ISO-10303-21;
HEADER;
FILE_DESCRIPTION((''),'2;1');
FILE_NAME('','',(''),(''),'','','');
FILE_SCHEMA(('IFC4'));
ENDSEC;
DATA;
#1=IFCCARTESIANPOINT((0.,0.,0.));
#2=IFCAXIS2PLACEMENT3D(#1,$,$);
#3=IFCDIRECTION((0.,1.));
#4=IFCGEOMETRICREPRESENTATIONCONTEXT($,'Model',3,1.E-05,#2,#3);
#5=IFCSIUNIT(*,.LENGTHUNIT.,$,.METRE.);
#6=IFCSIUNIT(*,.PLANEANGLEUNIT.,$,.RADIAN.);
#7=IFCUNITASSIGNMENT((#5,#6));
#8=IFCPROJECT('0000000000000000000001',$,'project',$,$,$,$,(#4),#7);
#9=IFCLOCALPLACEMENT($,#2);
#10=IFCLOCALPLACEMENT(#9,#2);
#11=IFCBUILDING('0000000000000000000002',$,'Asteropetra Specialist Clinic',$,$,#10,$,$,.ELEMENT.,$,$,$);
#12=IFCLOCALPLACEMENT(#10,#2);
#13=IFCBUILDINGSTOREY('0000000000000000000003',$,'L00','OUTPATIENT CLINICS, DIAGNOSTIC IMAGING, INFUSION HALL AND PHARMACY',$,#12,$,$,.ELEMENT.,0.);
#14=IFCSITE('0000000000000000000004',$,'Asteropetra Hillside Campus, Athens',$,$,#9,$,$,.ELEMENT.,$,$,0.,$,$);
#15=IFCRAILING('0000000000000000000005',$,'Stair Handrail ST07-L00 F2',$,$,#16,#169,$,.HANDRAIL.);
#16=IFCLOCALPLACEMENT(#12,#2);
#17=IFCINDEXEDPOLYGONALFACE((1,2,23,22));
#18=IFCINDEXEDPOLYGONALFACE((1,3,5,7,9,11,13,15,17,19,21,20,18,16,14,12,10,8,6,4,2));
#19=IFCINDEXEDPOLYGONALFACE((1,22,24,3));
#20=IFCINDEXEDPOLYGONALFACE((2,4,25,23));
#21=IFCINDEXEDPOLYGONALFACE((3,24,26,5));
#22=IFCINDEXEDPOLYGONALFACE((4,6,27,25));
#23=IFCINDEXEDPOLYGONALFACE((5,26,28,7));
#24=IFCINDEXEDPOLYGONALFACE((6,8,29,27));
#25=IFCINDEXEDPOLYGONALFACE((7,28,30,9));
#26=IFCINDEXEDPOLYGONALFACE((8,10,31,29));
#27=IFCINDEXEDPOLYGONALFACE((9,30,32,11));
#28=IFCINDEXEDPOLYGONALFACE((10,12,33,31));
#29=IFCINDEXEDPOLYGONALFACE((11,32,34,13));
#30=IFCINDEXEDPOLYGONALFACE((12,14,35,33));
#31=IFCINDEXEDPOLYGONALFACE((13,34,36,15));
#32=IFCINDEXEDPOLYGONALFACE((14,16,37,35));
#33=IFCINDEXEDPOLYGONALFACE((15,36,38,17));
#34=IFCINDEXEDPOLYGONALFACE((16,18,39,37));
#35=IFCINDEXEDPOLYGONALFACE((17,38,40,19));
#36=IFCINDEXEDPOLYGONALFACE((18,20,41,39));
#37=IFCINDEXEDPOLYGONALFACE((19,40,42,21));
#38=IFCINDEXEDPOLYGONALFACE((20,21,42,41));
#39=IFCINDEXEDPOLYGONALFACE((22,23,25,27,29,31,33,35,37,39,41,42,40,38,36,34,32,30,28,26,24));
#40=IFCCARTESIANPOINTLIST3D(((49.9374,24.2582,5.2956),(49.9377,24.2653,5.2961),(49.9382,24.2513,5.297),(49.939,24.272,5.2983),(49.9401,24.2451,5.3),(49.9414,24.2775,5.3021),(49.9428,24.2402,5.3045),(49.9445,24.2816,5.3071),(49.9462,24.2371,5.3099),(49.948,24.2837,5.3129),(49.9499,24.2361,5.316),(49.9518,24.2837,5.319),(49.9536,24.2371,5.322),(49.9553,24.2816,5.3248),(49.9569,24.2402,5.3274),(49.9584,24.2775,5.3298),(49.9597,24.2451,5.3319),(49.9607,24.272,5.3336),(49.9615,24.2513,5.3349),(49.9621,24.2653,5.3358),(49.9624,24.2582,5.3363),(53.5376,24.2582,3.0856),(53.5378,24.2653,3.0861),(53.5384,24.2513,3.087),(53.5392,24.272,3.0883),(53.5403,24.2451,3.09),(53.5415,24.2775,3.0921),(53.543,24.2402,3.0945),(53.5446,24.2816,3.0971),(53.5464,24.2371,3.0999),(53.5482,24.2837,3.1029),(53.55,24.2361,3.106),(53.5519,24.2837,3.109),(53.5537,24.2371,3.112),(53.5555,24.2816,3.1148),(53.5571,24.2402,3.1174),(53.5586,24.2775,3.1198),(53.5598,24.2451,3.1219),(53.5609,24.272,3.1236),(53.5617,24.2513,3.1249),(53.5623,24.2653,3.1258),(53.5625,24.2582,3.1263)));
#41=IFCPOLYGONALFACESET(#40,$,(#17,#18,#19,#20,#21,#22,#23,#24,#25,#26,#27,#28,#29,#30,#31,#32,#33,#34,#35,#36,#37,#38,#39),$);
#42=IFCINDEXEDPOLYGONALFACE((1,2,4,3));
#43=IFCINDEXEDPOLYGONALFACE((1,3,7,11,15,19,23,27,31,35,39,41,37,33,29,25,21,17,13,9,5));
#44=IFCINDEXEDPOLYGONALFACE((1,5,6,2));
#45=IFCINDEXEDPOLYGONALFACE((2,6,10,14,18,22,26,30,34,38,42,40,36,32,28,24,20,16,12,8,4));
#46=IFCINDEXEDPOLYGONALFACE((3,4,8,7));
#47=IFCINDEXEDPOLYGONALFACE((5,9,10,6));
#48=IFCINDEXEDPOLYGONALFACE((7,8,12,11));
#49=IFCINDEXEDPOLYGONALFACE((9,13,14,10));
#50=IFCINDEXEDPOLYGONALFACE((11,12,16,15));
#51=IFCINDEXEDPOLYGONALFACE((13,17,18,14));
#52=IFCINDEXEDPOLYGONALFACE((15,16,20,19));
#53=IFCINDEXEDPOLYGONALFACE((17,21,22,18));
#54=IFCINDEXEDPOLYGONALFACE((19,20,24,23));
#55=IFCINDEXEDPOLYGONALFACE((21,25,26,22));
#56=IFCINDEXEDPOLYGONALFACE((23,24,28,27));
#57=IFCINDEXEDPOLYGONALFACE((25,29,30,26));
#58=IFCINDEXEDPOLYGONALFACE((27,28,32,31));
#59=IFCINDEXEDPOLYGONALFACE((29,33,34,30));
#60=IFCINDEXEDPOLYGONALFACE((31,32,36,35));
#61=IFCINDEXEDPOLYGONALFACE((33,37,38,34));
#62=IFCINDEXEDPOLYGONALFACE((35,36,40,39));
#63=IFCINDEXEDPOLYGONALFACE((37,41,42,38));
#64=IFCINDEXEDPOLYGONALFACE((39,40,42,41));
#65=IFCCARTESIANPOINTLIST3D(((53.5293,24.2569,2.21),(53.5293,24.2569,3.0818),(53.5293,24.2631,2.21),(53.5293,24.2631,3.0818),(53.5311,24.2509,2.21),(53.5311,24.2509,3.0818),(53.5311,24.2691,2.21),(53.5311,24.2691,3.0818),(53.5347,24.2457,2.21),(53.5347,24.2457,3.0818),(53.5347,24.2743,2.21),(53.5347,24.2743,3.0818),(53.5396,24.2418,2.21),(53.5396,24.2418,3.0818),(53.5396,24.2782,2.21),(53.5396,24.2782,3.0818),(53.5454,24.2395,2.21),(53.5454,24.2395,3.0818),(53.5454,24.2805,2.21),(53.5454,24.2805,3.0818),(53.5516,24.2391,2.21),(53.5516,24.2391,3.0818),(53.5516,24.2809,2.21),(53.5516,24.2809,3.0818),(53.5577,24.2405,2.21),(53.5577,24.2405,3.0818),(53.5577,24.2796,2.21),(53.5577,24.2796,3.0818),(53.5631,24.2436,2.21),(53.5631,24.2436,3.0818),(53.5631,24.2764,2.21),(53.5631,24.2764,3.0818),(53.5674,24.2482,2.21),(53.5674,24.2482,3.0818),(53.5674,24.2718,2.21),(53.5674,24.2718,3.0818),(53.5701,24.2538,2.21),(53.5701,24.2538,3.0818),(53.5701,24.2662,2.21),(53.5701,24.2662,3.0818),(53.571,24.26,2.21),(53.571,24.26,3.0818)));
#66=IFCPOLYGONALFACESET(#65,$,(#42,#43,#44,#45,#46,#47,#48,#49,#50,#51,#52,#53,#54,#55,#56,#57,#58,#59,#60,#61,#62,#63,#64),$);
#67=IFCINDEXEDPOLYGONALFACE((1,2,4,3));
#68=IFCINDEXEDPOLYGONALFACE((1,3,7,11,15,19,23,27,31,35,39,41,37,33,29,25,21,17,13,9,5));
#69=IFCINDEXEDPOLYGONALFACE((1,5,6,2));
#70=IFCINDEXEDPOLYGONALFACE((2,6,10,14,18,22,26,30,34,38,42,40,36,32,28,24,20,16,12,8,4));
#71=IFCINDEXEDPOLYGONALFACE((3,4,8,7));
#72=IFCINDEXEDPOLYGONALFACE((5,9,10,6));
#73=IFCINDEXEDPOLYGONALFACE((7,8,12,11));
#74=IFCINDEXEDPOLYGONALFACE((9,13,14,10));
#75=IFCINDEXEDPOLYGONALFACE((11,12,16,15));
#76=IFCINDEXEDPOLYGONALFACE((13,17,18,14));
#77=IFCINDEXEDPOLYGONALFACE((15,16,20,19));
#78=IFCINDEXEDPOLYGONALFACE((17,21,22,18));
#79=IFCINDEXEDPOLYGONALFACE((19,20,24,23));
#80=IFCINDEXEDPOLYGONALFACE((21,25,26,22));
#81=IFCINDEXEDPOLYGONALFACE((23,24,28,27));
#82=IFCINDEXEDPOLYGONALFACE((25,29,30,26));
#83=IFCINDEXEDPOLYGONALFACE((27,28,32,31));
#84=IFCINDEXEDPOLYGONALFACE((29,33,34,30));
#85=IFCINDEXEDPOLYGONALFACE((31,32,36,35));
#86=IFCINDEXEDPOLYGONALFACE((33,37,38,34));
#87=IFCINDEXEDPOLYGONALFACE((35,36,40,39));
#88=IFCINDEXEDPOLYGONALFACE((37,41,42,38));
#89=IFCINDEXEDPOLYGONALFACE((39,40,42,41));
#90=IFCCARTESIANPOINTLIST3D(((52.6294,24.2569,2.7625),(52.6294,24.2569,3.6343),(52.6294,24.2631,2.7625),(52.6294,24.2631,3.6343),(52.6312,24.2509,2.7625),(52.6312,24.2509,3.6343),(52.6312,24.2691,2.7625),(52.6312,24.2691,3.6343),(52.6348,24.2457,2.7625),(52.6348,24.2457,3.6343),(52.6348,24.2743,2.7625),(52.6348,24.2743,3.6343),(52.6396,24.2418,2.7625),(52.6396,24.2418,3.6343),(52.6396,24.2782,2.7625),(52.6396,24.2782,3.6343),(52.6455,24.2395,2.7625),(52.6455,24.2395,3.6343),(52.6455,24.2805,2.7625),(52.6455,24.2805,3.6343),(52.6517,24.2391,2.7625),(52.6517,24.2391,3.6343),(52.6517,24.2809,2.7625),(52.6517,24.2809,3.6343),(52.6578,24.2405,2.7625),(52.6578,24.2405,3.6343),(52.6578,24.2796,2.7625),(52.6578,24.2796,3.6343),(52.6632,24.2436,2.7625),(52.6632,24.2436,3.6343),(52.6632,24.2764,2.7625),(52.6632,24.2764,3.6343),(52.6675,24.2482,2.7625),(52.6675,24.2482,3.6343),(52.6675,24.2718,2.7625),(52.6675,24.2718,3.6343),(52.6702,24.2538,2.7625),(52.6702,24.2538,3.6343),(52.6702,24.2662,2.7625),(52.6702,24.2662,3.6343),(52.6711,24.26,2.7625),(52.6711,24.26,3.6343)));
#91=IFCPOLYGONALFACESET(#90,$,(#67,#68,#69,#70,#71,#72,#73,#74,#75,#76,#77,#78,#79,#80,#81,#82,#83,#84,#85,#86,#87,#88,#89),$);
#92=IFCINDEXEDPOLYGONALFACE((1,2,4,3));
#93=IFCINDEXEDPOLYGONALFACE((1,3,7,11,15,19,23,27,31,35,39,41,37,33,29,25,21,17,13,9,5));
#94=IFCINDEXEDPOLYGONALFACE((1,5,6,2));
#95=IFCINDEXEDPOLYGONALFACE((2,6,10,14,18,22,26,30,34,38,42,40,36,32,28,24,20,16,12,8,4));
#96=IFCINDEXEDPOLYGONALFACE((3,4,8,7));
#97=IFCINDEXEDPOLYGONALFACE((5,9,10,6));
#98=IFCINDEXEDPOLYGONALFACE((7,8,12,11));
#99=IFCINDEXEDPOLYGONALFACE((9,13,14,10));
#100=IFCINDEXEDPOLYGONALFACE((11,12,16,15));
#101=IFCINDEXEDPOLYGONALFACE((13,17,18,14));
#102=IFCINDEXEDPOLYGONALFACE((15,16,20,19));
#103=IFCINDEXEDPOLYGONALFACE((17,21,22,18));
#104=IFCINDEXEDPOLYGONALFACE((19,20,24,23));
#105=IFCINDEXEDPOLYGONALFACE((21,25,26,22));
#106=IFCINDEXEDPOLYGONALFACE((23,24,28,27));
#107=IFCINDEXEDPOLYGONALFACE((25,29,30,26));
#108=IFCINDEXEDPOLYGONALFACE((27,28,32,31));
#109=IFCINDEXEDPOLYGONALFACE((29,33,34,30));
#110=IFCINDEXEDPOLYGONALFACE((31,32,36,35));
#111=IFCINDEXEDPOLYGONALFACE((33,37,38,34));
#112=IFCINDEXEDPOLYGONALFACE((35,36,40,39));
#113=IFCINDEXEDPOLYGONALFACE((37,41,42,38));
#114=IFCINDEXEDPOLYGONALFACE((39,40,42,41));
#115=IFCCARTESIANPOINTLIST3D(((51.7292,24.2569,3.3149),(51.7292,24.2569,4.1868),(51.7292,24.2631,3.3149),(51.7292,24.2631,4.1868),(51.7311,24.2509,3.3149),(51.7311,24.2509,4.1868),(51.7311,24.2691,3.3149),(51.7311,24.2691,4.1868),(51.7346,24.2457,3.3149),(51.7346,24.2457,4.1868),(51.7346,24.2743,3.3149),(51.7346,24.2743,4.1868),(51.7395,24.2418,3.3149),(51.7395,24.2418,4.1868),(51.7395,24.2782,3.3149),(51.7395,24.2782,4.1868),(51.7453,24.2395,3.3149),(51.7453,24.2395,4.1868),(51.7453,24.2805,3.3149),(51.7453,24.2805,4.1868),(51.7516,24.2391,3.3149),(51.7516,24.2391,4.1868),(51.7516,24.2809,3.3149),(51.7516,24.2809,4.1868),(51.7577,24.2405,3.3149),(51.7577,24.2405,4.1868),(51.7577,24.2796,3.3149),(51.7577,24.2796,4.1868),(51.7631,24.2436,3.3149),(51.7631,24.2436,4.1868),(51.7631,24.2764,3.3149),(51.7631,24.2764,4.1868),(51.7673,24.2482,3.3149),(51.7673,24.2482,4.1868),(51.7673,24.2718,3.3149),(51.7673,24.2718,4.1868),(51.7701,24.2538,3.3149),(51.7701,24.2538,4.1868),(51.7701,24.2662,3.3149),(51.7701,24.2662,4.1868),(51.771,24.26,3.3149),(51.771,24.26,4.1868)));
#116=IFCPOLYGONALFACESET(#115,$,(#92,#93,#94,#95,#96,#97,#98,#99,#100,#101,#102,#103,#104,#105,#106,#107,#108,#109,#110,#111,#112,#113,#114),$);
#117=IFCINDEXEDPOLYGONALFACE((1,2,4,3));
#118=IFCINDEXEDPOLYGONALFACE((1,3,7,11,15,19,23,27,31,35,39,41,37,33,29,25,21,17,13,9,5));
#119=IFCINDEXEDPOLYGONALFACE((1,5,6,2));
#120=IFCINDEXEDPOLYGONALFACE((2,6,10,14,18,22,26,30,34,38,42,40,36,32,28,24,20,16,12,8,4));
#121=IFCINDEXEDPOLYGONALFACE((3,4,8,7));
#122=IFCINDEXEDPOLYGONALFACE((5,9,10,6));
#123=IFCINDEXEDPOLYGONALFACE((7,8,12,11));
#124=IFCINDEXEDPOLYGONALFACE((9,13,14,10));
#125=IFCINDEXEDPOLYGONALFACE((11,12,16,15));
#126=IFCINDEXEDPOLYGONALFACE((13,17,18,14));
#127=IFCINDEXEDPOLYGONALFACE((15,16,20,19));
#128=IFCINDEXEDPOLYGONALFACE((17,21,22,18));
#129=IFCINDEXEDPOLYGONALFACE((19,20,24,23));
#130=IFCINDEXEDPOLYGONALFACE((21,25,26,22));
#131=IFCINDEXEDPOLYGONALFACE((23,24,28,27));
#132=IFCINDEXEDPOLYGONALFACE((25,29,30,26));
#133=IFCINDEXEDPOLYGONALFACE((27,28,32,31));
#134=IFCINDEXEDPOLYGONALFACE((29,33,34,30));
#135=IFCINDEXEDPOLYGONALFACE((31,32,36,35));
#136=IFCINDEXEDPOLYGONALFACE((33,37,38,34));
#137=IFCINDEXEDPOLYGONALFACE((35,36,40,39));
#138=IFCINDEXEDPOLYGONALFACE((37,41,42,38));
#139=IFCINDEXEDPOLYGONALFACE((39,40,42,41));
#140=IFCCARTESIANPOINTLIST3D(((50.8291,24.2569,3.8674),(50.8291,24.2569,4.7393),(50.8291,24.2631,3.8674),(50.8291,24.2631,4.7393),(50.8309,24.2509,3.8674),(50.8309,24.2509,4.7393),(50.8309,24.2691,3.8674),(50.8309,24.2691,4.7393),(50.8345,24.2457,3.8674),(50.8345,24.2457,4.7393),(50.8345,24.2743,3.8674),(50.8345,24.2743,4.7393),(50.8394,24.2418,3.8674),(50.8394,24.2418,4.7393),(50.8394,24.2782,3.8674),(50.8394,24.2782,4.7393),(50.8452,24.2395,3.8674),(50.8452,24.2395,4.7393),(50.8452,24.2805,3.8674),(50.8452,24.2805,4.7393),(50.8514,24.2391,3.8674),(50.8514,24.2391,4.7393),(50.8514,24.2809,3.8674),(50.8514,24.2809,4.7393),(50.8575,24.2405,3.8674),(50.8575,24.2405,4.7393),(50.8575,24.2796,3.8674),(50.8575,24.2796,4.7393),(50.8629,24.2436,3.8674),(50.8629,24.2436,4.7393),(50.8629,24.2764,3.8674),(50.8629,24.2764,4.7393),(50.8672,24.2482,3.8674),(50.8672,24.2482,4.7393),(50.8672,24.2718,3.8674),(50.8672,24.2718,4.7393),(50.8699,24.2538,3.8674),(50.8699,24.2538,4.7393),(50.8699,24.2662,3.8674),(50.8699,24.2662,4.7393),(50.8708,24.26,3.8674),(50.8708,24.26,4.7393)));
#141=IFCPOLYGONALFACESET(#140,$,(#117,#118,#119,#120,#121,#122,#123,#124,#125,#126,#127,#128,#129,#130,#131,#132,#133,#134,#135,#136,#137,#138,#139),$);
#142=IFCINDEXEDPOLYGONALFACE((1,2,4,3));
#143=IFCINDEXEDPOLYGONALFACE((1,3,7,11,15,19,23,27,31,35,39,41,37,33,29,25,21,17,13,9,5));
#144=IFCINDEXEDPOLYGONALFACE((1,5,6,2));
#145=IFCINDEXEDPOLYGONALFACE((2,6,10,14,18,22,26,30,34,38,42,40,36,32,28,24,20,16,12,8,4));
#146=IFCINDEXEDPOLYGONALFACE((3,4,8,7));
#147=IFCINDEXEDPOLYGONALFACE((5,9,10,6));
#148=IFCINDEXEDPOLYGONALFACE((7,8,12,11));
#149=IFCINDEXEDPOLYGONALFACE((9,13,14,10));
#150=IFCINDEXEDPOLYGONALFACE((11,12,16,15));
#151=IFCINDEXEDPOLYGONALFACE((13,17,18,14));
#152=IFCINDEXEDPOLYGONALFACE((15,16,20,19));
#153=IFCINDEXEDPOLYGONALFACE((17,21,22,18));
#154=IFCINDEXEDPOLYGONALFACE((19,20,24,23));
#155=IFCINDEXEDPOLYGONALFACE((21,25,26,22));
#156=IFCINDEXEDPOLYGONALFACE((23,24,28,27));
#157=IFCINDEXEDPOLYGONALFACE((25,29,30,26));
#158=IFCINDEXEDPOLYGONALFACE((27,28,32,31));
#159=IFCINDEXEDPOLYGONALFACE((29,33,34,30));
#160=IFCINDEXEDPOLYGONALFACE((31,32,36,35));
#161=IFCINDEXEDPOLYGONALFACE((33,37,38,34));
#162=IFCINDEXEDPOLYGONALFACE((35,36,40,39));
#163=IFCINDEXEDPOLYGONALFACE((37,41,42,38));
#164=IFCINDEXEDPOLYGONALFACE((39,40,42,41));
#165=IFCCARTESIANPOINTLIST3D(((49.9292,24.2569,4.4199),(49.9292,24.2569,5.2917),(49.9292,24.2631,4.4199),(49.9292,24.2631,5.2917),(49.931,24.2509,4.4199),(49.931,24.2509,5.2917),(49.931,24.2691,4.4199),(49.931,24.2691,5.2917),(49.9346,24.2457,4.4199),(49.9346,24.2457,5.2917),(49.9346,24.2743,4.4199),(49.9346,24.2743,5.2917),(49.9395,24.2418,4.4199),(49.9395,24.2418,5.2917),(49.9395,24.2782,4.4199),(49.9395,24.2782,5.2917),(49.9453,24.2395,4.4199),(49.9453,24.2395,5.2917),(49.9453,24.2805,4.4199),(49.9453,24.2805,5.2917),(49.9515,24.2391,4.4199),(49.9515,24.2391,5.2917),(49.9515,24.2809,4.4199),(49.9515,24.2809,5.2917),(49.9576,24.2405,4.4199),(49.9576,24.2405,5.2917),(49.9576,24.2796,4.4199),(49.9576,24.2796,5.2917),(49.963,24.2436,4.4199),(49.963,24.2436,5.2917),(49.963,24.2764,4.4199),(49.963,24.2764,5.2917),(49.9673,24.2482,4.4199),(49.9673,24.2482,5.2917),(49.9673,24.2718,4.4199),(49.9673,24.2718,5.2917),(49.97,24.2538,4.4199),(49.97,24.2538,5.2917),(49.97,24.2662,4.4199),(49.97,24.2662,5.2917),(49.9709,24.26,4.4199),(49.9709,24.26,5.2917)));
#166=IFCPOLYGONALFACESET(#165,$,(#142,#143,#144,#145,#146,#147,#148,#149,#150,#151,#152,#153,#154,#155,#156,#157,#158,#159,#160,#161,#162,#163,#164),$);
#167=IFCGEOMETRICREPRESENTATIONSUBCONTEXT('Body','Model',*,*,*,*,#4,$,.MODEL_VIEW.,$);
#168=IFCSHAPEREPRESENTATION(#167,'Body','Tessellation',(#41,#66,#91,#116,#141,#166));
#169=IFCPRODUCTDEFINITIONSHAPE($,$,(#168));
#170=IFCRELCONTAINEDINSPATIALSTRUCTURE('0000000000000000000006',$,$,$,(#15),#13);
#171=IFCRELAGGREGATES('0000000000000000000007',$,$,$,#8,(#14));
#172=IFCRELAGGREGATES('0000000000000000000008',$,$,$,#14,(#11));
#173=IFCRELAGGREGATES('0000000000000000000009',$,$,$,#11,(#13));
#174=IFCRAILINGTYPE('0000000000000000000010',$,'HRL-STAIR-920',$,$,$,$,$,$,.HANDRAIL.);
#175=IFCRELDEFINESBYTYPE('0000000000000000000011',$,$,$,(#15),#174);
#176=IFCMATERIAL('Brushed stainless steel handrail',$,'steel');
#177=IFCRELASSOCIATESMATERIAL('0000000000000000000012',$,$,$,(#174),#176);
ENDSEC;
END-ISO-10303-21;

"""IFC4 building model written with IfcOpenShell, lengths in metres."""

from ifc_helpers import new_model, si_unit, direction, frame, origin, origin_2d, place, context, subcontext, project, spatial, circle, extrude, material, type_object, element, save


model = new_model("IFC4")

# Units and contexts
model_context = context("Model", 3, precision=1e-05, world=origin(), true_north=direction((0.0, 1.0)))
body_context = subcontext(model_context, "Body", "Model", "MODEL_VIEW")
ifc_project = project(units=[si_unit("LENGTHUNIT", "METRE"), si_unit("PLANEANGLEUNIT", "RADIAN")], contexts=[model_context])

# Site, building, storey
site_placement = place(None, origin())
site = spatial("IfcSite", under=ifc_project, at=site_placement, Name="Asteropetra Hillside Campus, Athens", CompositionType="ELEMENT", RefElevation=0.0)
building_placement = place(site_placement, origin())
building = spatial("IfcBuilding", under=site, at=building_placement, Name="Asteropetra Specialist Clinic", CompositionType="ELEMENT")
storey_placement = place(building_placement, origin())
storey = spatial("IfcBuildingStorey", under=building, at=storey_placement, Name="L00", Description="OUTPATIENT CLINICS, DIAGNOSTIC IMAGING, INFUSION HALL AND PHARMACY", CompositionType="ELEMENT", Elevation=0.0)

# Railing
ifc_material_1 = material(Name="Brushed stainless steel handrail", Category="steel")
railing_type_1 = type_object("IfcRailingType", Name="HRL-STAIR-920", PredefinedType="HANDRAIL", material=ifc_material_1)
railing_1_placement = place(storey_placement, frame((53.55, 24.26, 2.21)))
element("IfcRailing", 1, at=railing_1_placement, inside=storey, type_object=railing_type_1, Name="Stair Handrail ST07-L00 F2", PredefinedType="HANDRAIL", context=body_context, shape_type="SweptSolid", body=[
    extrude(circle(Radius=0.0239, at=origin_2d()), frame((0.0, 0.0, 0.896), z_axis=(-0.852237, 0.0, 0.523156), x_axis=(0.0, -1.0, 0.0)), (0.0, 0.0, 1.0), 4.2244),
    extrude(circle(Radius=0.021, at=origin_2d()), origin(), (0.0, 0.0, 1.0), 0.8718),
    extrude(circle(Radius=0.021, at=origin_2d()), frame((-0.8999, 0.0, 0.5525)), (0.0, 0.0, 1.0), 0.8718),
    extrude(circle(Radius=0.021, at=origin_2d()), frame((-1.8, 0.0, 1.105)), (0.0, 0.0, 1.0), 0.8718),
    extrude(circle(Radius=0.021, at=origin_2d()), frame((-2.7002, 0.0, 1.6575)), (0.0, 0.0, 1.0), 0.8718),
    extrude(circle(Radius=0.021, at=origin_2d()), frame((-3.6001, 0.0, 2.21)), (0.0, 0.0, 1.0), 0.8718),
])

save(model, "model.ifc")
